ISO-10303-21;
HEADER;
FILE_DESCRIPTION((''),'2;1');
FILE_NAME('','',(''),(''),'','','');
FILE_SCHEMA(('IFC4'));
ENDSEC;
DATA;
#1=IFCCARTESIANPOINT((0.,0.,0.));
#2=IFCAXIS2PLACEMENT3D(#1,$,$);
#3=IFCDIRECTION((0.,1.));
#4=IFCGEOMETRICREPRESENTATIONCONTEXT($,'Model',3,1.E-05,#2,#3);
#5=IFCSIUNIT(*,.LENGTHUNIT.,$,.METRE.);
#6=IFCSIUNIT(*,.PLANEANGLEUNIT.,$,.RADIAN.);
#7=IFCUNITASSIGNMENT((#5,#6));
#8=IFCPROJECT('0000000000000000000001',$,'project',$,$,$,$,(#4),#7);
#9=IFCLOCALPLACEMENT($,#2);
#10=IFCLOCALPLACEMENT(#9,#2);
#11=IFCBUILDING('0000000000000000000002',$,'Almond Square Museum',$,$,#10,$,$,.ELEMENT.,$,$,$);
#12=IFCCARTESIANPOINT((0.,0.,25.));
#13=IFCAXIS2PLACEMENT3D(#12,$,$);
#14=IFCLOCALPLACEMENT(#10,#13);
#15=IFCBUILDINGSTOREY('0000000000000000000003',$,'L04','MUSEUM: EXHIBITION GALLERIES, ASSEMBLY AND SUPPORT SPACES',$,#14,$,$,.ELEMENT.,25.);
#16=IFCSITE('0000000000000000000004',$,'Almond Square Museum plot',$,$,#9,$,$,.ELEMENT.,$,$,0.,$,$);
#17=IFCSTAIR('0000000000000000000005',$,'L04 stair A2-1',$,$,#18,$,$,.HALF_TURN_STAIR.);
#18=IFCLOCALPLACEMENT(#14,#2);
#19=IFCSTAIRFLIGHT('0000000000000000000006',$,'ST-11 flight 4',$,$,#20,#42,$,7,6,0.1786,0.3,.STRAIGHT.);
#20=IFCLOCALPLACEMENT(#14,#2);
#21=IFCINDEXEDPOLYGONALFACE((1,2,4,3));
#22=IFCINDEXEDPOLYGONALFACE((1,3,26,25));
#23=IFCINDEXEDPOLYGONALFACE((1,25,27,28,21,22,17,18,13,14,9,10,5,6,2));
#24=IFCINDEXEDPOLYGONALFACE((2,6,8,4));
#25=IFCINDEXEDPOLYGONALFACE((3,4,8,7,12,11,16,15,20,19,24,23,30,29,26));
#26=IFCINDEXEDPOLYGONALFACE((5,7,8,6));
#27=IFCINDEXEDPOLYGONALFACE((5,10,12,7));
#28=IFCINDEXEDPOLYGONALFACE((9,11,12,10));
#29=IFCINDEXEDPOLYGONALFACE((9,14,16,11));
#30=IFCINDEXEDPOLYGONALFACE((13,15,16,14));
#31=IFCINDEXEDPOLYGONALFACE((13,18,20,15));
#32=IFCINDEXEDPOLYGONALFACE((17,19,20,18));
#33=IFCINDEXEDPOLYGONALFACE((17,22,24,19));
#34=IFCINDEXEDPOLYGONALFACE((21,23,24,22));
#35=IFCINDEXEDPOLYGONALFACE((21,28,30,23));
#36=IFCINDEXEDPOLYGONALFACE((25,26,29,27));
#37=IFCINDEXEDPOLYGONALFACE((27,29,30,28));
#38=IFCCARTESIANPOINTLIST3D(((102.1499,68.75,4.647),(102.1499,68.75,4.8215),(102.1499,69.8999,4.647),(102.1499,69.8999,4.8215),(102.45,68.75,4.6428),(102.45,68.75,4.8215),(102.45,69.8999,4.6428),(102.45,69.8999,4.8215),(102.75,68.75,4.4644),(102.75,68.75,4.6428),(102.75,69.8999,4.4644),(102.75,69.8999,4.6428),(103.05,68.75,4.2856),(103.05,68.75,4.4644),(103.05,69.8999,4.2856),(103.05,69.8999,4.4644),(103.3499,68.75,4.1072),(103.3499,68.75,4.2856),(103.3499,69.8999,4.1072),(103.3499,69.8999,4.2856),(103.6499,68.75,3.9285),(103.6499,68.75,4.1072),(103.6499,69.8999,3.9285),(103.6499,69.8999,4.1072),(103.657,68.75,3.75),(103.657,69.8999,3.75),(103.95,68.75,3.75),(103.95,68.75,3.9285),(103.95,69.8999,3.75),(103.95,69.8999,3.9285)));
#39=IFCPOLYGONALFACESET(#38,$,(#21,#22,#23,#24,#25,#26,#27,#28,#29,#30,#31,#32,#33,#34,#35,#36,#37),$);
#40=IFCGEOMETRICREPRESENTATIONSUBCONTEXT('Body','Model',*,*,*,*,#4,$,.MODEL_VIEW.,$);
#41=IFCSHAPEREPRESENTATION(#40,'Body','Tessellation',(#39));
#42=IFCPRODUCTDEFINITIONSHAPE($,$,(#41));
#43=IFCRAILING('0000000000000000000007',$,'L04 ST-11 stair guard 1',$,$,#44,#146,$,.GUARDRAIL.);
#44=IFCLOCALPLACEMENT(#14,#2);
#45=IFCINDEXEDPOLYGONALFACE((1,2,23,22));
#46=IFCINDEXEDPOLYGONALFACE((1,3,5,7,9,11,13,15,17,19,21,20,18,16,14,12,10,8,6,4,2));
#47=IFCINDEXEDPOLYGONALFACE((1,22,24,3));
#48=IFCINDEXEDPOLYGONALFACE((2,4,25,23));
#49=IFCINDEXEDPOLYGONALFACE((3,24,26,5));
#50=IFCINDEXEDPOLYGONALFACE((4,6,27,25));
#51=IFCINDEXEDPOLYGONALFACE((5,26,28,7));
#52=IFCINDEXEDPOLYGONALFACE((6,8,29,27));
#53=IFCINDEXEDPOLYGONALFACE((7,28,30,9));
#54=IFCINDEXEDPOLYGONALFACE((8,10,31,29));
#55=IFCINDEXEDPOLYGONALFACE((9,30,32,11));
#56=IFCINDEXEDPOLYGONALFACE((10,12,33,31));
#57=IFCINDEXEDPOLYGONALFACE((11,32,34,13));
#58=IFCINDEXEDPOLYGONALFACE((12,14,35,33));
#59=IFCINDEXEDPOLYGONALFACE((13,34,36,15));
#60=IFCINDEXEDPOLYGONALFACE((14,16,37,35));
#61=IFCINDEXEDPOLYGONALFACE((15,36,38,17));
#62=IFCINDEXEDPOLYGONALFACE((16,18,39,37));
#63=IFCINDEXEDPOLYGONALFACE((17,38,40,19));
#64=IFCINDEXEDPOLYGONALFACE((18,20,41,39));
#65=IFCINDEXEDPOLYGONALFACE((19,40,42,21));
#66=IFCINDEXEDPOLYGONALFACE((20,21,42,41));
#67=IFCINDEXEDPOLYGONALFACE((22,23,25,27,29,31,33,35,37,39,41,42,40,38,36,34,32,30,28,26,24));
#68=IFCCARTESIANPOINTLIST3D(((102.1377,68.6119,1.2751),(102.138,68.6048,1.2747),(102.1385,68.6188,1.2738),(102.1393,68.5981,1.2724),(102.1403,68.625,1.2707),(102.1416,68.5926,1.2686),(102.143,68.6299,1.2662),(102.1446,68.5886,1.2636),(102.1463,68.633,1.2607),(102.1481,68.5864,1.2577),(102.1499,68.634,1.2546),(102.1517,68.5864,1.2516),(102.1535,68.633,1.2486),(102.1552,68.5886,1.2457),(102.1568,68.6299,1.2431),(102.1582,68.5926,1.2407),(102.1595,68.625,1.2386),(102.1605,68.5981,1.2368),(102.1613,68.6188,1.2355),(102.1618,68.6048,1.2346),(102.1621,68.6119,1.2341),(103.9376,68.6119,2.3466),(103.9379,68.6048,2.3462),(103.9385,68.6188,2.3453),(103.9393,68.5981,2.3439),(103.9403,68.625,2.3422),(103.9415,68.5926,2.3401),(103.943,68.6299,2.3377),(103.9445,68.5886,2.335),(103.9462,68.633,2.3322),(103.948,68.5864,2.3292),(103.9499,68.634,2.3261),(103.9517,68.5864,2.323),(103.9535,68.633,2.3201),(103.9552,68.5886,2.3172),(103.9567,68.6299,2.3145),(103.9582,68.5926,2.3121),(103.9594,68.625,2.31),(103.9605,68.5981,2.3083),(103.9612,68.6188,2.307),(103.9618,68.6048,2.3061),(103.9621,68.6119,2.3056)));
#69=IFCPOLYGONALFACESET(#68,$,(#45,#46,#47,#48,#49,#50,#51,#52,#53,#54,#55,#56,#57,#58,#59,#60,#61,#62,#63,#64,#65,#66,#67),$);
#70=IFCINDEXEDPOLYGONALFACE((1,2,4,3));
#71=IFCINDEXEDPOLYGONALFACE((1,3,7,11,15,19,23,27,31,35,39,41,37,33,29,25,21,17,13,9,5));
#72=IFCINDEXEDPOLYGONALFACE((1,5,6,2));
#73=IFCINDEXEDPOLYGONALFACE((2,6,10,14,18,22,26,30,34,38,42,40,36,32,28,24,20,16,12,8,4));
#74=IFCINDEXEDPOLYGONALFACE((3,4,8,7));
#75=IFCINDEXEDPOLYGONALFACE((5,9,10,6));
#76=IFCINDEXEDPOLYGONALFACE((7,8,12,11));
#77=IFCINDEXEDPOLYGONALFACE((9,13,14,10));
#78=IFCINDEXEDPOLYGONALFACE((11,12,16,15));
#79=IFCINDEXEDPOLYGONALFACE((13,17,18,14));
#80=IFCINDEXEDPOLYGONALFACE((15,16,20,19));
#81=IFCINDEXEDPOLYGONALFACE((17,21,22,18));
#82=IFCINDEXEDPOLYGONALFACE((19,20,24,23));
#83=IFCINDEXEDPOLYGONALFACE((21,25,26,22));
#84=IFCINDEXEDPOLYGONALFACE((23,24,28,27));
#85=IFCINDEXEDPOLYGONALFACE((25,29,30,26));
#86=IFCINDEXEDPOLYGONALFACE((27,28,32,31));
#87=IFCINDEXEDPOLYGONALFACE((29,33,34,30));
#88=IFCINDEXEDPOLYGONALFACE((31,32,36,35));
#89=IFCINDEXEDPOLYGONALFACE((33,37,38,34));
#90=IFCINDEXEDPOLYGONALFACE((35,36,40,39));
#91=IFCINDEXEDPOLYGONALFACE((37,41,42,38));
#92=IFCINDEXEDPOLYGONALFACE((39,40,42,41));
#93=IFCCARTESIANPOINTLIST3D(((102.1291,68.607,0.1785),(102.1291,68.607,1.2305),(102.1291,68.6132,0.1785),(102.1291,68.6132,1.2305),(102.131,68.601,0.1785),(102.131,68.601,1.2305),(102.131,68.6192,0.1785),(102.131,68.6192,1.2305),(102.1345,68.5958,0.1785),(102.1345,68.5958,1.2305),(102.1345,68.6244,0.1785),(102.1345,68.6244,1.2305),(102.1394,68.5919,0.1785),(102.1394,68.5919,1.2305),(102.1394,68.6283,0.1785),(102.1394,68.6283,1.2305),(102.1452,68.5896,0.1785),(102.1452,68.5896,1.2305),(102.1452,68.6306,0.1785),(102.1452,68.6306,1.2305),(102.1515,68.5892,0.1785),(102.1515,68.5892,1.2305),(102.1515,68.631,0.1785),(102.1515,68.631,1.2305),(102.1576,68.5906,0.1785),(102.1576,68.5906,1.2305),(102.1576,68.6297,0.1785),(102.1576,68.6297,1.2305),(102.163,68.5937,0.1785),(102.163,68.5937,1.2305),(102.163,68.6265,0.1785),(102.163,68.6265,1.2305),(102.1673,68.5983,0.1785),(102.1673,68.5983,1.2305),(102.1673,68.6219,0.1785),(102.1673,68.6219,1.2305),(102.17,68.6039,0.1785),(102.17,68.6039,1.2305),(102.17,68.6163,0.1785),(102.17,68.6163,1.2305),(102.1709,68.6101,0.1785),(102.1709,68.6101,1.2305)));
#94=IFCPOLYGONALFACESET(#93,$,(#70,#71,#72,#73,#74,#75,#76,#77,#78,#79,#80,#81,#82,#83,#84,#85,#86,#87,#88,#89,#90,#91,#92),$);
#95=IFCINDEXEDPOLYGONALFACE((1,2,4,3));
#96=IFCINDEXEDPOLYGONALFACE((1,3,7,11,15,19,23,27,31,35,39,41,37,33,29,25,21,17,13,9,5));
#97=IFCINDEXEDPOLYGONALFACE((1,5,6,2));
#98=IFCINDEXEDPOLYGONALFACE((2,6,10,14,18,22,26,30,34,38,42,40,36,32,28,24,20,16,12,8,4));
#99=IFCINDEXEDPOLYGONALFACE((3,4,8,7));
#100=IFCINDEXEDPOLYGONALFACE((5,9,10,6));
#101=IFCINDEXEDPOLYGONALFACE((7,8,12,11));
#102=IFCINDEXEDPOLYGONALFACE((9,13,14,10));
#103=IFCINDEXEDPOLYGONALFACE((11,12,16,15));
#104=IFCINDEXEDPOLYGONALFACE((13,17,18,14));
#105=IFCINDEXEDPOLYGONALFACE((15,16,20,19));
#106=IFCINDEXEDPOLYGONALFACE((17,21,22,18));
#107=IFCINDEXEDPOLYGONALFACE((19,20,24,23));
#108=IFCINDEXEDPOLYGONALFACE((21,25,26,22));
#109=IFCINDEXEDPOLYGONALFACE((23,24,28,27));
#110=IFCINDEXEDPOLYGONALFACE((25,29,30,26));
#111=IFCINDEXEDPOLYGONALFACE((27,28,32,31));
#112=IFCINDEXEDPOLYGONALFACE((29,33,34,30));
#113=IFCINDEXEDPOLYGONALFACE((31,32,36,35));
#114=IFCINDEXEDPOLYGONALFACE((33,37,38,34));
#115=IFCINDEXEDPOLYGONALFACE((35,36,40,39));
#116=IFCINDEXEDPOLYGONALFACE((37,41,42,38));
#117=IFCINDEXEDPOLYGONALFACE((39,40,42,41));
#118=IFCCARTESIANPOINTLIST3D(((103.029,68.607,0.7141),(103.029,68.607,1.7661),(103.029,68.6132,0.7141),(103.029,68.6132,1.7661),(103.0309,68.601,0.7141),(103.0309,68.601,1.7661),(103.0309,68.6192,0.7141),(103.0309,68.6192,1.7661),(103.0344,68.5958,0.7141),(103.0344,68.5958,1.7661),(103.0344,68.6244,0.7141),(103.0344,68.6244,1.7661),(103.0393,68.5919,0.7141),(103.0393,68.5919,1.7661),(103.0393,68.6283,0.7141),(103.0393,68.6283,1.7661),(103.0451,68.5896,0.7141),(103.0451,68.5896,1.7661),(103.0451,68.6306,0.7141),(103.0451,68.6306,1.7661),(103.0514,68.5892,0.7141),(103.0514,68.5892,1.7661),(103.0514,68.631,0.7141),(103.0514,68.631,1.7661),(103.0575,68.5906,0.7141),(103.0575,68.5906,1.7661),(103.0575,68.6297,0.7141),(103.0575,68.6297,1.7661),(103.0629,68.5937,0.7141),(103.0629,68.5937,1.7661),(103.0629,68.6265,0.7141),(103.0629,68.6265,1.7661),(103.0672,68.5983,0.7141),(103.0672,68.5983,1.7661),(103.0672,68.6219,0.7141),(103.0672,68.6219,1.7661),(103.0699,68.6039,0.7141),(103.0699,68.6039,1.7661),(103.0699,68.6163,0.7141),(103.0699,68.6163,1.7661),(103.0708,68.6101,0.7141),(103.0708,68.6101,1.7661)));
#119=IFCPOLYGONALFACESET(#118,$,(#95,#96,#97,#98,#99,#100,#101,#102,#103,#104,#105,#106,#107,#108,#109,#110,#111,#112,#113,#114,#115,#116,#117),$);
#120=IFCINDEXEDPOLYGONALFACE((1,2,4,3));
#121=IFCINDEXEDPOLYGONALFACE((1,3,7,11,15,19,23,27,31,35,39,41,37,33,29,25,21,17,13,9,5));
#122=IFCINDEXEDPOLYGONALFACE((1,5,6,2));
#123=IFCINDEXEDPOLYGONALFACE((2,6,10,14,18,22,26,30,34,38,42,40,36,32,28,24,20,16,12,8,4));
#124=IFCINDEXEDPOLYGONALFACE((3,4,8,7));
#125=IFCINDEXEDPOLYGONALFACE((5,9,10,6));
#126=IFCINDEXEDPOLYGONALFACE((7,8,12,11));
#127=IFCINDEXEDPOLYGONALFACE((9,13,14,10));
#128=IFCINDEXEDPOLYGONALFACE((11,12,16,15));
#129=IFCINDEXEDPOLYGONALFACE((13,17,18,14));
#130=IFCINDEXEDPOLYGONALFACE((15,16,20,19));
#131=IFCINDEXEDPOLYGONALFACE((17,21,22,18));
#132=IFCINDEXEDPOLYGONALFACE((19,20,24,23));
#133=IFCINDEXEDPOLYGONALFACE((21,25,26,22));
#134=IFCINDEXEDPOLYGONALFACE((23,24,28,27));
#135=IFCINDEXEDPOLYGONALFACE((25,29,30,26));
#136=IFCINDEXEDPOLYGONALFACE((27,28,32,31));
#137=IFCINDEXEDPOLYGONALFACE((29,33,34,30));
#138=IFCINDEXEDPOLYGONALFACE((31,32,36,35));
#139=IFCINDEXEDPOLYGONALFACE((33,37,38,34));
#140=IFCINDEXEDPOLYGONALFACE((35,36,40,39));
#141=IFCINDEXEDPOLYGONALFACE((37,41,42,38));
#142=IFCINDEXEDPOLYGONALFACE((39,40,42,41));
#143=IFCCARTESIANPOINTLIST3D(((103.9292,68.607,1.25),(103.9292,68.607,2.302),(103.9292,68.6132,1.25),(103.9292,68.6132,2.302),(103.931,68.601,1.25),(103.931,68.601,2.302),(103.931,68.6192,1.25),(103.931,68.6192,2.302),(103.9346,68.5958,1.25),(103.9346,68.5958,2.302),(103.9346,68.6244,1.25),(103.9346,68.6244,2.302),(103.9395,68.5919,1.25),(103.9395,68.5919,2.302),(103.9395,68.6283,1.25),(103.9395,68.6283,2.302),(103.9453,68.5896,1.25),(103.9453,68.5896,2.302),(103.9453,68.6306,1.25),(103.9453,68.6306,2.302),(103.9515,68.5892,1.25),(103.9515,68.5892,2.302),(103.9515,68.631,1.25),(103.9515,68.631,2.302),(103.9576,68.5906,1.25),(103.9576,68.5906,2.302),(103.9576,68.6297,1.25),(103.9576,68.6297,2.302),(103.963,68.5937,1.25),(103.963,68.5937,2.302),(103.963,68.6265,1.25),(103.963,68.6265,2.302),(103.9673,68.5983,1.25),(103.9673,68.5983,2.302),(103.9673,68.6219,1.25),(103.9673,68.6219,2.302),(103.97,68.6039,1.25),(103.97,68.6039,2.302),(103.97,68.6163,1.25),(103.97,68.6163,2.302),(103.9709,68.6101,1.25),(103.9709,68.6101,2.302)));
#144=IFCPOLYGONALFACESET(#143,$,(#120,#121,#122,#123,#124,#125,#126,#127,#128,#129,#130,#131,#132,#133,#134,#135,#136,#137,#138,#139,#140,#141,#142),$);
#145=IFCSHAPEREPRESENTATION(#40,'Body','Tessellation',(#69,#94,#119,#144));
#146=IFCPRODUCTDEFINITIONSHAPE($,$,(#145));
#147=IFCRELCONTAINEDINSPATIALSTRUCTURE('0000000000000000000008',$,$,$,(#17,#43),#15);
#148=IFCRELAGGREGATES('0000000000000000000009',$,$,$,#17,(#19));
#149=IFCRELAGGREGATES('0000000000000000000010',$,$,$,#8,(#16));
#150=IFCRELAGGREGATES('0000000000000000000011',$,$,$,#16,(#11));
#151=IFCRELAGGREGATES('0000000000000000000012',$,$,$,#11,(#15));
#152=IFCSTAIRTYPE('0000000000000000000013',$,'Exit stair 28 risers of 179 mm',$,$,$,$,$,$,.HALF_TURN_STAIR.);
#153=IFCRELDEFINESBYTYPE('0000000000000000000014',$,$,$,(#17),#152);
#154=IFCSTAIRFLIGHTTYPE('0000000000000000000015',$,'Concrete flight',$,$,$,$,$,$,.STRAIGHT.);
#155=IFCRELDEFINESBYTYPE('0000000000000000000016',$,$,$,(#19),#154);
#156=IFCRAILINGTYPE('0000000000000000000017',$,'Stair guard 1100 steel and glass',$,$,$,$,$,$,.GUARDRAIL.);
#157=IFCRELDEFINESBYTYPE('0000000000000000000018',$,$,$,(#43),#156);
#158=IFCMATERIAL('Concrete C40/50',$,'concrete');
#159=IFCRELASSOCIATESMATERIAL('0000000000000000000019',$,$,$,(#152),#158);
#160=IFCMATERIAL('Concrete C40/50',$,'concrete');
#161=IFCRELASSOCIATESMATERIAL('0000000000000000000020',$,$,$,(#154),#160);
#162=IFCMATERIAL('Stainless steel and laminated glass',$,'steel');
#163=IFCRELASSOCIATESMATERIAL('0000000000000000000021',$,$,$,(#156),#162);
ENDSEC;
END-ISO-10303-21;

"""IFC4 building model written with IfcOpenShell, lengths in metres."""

from ifc_helpers import new_model, si_unit, direction, frame, origin, origin_2d, place, context, subcontext, project, spatial, polyline, circle, outline, extrude, material, type_object, element, aggregate, save


model = new_model("IFC4")

# Units and contexts
model_context = context("Model", 3, precision=1e-05, world=origin(), true_north=direction((0.0, 1.0)))
body_context = subcontext(model_context, "Body", "Model", "MODEL_VIEW")
ifc_project = project(units=[si_unit("LENGTHUNIT", "METRE"), si_unit("PLANEANGLEUNIT", "RADIAN")], contexts=[model_context])

# Site, building, storey
site_placement = place(None, origin())
site = spatial("IfcSite", under=ifc_project, at=site_placement, Name="Almond Square Museum plot", CompositionType="ELEMENT", RefElevation=0.0)
building_placement = place(site_placement, origin())
building = spatial("IfcBuilding", under=site, at=building_placement, Name="Almond Square Museum", CompositionType="ELEMENT")
storey_placement = place(building_placement, frame((0.0, 0.0, 25.0)))
storey = spatial("IfcBuildingStorey", under=building, at=storey_placement, Name="L04", Description="MUSEUM: EXHIBITION GALLERIES, ASSEMBLY AND SUPPORT SPACES", CompositionType="ELEMENT", Elevation=25.0)

# Stair, stair flight
ifc_material_1 = material(Name="Concrete C40/50", Category="concrete")
stair_type = type_object("IfcStairType", Name="Exit stair 28 risers of 179 mm", PredefinedType="HALF_TURN_STAIR", material=ifc_material_1)
stair_placement = place(storey_placement, origin())
stair = element("IfcStair", 1, at=stair_placement, inside=storey, type_object=stair_type, Name="L04 stair A2-1", PredefinedType="HALF_TURN_STAIR")
ifc_material_2 = material(Name="Concrete C40/50", Category="concrete")
stair_flight_type = type_object("IfcStairFlightType", Name="Concrete flight", PredefinedType="STRAIGHT", material=ifc_material_2)
stair_flight_1_placement = place(storey_placement, frame((103.95, 69.325, 3.75), z_axis=(0.0, 0.0, 1.0), x_axis=(-1.0, 0.0, 0.0)))
stair_flight_1 = element("IfcStairFlight", 2, at=stair_flight_1_placement, type_object=stair_flight_type, Name="ST-11 flight 4", NumberOfRisers=7, NumberOfTreads=6, PredefinedType="STRAIGHT", RiserHeight=0.1786, TreadLength=0.3, context=body_context, shape_type="SweptSolid", body=[
    extrude(outline(polyline([(0.0, 0.0), (0.0, 0.1785), (0.3, 0.1785), (0.3, 0.3572), (0.6001, 0.3572), (0.6001, 0.5356), (0.8999, 0.5356), (0.8999, 0.7144), (1.2, 0.7144), (1.2, 0.8928), (1.5, 0.8928), (1.5, 1.0715), (1.8, 1.0715), (1.8, 1.25), (1.8, 0.897), (0.293, 0.0), (0.0, 0.0)])), frame((0.0, 0.575, 0.0), z_axis=(0.0, -1.0, 0.0), x_axis=(1.0, 0.0, 0.0)), (0.0, 0.0, 1.0), 1.1499),
])
aggregate(stair, [stair_flight_1])

# Railing
ifc_material_3 = material(Name="Stainless steel and laminated glass", Category="steel")
railing_type_1 = type_object("IfcRailingType", Name="Stair guard 1100 steel and glass", PredefinedType="GUARDRAIL", material=ifc_material_3)
railing_1_placement = place(storey_placement, frame((102.1499, 68.6101, 0.1785)))
element("IfcRailing", 3, at=railing_1_placement, inside=storey, type_object=railing_type_1, Name="L04 ST-11 stair guard 1", PredefinedType="GUARDRAIL", context=body_context, shape_type="SweptSolid", body=[
    extrude(circle(Radius=0.0239, at=origin_2d()), frame((0.0, 0.0, 1.0762), z_axis=(0.859277, 0.0, 0.51151), x_axis=(0.0, 1.0, 0.0)), (0.0, 0.0, 1.0), 2.0947),
    extrude(circle(Radius=0.021, at=origin_2d()), origin(), (0.0, 0.0, 1.0), 1.052),
    extrude(circle(Radius=0.021, at=origin_2d()), frame((0.8999, 0.0, 0.5356)), (0.0, 0.0, 1.0), 1.052),
    extrude(circle(Radius=0.021, at=origin_2d()), frame((1.8, 0.0, 1.0715)), (0.0, 0.0, 1.0), 1.052),
])

save(model, "model.ifc")
